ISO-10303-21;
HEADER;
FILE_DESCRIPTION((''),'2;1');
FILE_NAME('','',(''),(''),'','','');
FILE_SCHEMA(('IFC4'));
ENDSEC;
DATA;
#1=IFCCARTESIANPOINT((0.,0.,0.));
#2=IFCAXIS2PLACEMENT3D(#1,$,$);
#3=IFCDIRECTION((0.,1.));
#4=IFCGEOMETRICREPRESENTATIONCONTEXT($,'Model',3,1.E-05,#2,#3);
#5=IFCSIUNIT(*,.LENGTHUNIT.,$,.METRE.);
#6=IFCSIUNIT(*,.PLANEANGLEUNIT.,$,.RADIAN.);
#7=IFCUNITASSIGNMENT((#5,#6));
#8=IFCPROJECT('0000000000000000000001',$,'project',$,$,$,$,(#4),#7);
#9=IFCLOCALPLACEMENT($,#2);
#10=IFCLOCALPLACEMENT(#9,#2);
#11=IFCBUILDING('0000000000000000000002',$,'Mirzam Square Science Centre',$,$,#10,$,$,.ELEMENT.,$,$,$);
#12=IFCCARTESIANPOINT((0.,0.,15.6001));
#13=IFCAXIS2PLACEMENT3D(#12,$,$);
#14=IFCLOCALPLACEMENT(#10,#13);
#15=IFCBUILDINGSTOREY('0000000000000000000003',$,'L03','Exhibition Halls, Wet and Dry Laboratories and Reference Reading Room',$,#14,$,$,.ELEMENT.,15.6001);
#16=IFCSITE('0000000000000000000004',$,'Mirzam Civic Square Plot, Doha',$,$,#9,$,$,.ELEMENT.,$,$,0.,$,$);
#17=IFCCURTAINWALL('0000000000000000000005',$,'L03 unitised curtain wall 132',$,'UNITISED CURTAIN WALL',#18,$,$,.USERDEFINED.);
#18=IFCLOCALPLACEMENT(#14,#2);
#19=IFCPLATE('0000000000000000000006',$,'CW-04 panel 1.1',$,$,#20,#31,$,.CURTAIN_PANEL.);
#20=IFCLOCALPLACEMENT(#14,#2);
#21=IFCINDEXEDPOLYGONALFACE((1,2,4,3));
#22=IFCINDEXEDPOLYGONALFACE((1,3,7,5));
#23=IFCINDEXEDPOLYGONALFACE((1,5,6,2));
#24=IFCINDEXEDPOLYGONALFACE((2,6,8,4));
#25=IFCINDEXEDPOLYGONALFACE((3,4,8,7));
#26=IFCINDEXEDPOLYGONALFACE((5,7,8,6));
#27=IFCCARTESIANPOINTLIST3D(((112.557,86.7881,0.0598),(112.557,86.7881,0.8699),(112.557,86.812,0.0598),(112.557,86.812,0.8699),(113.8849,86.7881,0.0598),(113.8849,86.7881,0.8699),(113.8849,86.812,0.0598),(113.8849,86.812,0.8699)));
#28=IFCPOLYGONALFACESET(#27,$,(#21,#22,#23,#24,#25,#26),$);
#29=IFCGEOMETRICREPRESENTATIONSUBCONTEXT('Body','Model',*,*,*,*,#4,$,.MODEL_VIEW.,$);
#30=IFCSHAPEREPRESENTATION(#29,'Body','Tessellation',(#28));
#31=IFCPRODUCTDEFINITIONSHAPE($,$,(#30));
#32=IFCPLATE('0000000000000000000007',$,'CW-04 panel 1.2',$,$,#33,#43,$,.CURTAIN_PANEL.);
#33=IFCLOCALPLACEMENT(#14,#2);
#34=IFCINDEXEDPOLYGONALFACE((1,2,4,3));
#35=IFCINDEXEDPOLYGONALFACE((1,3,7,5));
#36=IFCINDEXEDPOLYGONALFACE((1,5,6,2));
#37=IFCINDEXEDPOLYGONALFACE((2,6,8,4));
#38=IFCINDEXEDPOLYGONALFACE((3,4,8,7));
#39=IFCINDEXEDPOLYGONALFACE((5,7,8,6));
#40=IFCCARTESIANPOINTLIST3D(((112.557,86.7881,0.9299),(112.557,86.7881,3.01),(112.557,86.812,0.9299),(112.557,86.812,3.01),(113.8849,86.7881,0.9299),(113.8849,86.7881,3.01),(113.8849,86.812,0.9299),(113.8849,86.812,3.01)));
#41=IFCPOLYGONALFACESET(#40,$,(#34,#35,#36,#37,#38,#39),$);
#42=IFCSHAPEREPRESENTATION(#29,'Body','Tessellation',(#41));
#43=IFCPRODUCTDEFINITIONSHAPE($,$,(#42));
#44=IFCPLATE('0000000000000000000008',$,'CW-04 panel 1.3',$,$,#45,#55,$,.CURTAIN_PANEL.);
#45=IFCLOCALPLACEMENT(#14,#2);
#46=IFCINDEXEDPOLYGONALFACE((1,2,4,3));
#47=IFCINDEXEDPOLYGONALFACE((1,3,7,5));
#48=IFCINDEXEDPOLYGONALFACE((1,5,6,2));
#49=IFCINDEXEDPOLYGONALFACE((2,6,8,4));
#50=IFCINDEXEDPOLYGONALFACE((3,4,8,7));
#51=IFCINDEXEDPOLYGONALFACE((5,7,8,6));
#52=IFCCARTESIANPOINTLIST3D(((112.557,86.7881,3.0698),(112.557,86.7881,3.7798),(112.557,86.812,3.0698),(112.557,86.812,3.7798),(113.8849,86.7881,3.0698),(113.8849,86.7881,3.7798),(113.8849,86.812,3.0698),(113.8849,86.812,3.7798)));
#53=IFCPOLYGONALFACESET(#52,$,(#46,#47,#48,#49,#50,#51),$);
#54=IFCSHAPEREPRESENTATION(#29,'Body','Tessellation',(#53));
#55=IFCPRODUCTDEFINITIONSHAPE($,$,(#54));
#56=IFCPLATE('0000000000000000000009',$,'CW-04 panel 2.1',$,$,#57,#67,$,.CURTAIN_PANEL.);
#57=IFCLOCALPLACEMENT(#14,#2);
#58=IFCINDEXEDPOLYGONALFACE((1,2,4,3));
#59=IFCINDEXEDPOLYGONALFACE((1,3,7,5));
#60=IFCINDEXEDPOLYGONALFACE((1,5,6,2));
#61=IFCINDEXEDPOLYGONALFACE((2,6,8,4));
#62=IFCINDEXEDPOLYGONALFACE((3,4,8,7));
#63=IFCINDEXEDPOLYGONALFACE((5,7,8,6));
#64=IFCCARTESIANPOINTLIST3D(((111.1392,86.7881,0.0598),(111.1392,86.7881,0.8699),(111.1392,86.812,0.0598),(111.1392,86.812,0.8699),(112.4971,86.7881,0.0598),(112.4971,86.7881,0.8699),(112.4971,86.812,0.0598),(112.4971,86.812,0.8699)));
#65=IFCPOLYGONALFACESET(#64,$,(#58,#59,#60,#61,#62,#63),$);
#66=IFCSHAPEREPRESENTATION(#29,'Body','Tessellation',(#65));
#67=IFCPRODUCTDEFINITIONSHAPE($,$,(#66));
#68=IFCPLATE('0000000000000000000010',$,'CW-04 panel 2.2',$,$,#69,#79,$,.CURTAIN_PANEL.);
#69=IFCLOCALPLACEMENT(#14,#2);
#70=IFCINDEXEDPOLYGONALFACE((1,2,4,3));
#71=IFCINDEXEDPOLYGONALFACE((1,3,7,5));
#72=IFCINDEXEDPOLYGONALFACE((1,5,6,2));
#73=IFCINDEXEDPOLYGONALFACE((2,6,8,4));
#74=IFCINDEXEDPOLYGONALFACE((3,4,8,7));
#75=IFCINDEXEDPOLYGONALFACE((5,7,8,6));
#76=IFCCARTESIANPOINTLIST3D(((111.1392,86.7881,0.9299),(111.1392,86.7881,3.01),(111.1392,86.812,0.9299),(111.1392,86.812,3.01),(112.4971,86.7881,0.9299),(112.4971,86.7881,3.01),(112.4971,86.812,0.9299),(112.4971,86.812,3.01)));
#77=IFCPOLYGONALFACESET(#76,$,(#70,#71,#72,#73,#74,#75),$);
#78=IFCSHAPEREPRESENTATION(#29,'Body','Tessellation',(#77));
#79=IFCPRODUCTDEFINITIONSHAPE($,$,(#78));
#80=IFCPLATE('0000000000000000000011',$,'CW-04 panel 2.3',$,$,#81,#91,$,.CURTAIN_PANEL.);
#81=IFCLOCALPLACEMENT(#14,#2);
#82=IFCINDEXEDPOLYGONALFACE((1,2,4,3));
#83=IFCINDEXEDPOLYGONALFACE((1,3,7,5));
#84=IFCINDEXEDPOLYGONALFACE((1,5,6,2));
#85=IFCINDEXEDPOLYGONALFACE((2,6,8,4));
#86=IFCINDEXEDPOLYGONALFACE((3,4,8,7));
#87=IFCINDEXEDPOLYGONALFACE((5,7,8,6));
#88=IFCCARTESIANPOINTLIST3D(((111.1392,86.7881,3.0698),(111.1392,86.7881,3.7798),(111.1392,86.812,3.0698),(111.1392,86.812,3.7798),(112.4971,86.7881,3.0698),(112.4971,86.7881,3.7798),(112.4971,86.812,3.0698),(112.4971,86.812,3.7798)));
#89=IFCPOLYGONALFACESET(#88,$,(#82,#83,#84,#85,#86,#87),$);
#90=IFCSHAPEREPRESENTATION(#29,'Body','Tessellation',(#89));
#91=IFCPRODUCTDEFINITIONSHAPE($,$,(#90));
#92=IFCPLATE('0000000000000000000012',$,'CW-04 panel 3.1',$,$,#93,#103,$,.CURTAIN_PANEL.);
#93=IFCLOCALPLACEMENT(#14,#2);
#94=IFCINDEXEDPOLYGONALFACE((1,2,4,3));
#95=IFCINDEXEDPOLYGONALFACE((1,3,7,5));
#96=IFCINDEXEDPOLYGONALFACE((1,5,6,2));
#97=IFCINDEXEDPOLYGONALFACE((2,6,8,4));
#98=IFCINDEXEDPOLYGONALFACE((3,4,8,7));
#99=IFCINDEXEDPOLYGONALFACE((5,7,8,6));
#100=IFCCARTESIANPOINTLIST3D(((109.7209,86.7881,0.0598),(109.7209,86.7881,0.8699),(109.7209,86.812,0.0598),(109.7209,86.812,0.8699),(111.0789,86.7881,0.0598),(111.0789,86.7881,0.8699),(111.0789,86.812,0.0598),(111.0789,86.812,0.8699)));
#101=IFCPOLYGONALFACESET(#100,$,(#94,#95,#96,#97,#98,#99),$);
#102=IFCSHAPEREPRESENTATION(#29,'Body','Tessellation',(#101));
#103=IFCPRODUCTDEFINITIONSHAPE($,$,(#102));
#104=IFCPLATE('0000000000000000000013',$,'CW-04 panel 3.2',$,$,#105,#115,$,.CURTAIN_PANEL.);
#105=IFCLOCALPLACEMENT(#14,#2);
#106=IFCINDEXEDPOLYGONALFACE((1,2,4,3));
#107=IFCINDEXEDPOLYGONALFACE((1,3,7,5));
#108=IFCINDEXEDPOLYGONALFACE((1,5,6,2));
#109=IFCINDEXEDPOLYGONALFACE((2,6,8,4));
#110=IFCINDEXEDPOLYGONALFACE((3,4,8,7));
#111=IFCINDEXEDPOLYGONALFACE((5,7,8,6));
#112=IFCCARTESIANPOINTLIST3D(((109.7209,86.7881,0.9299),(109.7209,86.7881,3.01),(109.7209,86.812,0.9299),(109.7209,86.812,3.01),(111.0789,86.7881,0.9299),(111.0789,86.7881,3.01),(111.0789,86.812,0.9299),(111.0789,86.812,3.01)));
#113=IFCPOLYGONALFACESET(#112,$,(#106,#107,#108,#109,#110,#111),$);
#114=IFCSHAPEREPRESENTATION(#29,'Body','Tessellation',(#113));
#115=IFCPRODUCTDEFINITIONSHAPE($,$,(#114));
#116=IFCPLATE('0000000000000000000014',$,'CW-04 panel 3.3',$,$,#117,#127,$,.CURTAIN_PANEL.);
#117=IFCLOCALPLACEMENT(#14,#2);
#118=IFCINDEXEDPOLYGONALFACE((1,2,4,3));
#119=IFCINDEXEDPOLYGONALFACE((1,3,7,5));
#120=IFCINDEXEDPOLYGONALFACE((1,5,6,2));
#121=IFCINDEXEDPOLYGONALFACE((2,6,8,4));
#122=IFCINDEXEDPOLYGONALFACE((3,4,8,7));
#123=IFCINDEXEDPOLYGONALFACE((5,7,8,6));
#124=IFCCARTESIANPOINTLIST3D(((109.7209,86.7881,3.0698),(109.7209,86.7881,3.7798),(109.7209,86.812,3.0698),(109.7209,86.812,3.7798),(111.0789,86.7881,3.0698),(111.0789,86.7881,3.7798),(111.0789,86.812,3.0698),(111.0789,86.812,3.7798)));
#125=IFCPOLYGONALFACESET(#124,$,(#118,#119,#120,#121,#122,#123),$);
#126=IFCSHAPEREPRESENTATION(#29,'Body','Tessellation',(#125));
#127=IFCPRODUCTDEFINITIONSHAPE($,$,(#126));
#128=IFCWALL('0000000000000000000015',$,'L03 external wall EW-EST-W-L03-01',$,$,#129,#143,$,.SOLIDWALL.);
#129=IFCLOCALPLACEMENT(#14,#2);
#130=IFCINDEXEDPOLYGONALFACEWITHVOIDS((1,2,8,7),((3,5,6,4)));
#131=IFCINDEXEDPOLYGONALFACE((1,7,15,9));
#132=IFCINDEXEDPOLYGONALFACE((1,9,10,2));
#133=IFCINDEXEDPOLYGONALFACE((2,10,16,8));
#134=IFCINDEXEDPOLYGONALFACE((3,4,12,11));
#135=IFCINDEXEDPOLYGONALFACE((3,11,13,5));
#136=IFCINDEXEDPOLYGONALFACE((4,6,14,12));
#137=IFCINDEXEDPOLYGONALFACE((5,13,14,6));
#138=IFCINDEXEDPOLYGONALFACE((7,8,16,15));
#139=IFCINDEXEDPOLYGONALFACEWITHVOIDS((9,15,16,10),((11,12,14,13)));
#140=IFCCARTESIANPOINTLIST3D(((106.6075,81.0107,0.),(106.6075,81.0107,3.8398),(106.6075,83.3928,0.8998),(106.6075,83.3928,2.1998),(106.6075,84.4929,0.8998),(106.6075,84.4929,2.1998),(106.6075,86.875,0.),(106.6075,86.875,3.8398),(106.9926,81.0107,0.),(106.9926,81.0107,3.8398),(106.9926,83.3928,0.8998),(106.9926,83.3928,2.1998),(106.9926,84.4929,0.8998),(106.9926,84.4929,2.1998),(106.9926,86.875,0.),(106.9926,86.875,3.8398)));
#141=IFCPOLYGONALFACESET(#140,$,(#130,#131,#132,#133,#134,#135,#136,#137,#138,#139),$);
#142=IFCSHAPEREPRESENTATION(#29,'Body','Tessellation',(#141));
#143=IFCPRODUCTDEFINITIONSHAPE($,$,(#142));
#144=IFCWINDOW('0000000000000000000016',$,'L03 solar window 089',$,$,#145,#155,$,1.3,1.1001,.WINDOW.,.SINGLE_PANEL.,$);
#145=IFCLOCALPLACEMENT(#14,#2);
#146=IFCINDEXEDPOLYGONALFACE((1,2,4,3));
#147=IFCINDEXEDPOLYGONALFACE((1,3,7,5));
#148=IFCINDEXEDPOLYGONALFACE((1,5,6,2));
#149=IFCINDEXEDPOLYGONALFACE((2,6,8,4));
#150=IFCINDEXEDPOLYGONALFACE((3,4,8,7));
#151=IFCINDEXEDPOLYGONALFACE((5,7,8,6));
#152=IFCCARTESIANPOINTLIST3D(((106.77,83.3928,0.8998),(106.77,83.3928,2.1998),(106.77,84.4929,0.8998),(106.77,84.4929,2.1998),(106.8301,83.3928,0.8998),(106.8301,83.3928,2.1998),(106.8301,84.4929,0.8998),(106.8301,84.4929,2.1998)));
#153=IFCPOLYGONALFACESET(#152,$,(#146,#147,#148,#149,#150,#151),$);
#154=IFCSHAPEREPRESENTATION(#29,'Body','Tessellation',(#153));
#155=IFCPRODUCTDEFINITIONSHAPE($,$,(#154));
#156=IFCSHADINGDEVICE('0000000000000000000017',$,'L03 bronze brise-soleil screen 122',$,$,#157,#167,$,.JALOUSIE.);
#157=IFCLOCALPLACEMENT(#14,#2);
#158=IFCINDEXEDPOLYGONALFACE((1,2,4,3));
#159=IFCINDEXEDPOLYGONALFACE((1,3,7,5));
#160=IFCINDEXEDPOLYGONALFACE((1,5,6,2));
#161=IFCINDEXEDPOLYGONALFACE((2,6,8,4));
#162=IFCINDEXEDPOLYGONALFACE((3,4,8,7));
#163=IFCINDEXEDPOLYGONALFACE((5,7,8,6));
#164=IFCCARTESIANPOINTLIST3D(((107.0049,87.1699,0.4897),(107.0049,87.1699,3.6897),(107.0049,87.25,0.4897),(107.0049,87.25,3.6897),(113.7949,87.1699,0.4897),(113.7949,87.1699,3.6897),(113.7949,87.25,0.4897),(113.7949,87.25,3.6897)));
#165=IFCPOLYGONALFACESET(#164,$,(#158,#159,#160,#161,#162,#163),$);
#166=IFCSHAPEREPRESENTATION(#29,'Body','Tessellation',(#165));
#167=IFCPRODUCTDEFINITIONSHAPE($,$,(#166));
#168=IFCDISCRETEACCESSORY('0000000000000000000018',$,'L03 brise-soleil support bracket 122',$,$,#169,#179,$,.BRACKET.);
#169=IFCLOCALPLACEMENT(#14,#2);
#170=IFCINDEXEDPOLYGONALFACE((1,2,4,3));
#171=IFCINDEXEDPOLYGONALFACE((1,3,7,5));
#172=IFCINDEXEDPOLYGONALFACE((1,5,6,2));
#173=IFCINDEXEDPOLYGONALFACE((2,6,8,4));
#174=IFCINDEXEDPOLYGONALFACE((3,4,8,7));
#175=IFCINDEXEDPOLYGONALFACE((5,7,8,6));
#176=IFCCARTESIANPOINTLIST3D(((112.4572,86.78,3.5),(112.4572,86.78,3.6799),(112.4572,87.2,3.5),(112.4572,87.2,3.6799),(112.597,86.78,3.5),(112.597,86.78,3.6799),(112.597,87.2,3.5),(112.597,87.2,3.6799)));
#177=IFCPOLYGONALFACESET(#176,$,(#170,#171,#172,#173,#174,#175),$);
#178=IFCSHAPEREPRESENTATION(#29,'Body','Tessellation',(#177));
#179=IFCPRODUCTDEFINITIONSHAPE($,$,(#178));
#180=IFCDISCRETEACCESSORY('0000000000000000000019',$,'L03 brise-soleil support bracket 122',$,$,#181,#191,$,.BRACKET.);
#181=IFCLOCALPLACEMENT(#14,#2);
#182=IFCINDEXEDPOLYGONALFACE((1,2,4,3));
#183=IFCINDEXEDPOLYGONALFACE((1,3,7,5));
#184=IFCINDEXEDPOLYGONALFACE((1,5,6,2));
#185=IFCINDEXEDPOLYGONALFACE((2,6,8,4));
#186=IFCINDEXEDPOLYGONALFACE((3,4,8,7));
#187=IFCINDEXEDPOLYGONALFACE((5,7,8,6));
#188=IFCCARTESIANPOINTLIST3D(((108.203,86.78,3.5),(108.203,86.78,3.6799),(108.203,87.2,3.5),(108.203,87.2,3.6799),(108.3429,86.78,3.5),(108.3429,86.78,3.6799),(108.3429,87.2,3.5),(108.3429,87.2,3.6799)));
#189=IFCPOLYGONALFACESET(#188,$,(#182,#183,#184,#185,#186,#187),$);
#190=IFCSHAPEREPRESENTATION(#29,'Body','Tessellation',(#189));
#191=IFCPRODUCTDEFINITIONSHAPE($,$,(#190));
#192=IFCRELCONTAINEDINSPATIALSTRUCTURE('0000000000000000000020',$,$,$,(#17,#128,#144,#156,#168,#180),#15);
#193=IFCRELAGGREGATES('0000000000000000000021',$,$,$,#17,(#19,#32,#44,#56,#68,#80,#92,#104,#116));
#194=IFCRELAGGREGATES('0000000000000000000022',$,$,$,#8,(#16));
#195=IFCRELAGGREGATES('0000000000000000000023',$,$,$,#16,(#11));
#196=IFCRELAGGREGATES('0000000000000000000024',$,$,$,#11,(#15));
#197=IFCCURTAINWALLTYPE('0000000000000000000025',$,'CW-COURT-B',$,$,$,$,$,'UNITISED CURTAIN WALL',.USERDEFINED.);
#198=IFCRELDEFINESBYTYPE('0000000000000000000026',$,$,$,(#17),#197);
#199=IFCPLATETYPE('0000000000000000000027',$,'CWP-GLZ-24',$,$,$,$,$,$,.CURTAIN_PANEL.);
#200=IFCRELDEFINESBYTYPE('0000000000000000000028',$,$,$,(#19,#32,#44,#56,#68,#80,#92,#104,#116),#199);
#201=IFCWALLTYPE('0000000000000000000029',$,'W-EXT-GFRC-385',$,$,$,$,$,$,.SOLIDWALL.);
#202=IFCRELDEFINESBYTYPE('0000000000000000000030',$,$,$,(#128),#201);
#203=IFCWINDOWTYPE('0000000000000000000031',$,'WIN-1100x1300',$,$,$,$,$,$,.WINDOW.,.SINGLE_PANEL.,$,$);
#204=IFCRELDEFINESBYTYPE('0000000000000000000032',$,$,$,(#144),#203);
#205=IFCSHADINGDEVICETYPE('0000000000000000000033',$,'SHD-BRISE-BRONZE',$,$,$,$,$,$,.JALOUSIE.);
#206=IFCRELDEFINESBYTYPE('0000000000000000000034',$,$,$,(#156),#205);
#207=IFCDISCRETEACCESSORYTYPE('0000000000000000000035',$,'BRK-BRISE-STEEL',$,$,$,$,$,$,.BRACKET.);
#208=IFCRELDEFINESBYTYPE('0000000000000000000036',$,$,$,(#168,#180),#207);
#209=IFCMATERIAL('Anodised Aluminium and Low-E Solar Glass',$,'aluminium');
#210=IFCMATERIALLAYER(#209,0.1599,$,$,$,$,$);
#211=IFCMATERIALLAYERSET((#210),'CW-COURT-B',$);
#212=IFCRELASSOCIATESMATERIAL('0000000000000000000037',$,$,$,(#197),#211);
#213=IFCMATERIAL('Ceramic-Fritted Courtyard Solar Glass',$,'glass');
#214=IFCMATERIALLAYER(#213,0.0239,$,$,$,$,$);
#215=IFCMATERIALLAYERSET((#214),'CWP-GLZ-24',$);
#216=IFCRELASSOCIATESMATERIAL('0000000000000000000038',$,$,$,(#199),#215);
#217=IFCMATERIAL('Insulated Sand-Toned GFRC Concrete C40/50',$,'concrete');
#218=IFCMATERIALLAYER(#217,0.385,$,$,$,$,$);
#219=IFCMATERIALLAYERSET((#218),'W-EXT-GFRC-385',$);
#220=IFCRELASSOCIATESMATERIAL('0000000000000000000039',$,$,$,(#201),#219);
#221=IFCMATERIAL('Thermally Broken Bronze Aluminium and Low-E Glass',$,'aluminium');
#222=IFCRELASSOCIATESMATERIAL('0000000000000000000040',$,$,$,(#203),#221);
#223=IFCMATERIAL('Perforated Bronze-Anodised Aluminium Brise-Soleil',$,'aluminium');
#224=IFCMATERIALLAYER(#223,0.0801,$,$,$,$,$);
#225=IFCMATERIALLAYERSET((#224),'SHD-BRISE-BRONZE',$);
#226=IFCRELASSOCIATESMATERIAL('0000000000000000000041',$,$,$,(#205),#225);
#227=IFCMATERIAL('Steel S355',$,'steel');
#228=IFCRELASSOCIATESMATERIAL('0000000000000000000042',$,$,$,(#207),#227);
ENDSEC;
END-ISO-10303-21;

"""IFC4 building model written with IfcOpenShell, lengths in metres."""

from ifc_helpers import new_model, si_unit, direction, frame, frame_2d, origin, origin_2d, place, context, subcontext, project, spatial, rectangle, extrude, material, layer, layer_set, type_object, element, fill, aggregate, save


model = new_model("IFC4")

# Units and contexts
model_context = context("Model", 3, precision=1e-05, world=origin(), true_north=direction((0.0, 1.0)))
body_context = subcontext(model_context, "Body", "Model", "MODEL_VIEW")
ifc_project = project(units=[si_unit("LENGTHUNIT", "METRE"), si_unit("PLANEANGLEUNIT", "RADIAN")], contexts=[model_context])

# Site, building, storey
site_placement = place(None, origin())
site = spatial("IfcSite", under=ifc_project, at=site_placement, Name="Mirzam Civic Square Plot, Doha", CompositionType="ELEMENT", RefElevation=0.0)
building_placement = place(site_placement, origin())
building = spatial("IfcBuilding", under=site, at=building_placement, Name="Mirzam Square Science Centre", CompositionType="ELEMENT")
storey_placement = place(building_placement, frame((0.0, 0.0, 15.6001)))
storey = spatial("IfcBuildingStorey", under=building, at=storey_placement, Name="L03", Description="Exhibition Halls, Wet and Dry Laboratories and Reference Reading Room", CompositionType="ELEMENT", Elevation=15.6001)

# Curtain wall, plates
ifc_material_1 = material(Name="Anodised Aluminium and Low-E Solar Glass", Category="aluminium")
ifc_layer_1 = layer(ifc_material_1, 0.1599)
ifc_layer_set_1 = layer_set([ifc_layer_1], Name="CW-COURT-B")
curtain_wall_type = type_object("IfcCurtainWallType", Name="CW-COURT-B", ElementType="UNITISED CURTAIN WALL", PredefinedType="USERDEFINED", material=ifc_layer_set_1)
curtain_wall_placement = place(storey_placement, origin())
curtain_wall = element("IfcCurtainWall", 1, at=curtain_wall_placement, inside=storey, type_object=curtain_wall_type, Name="L03 unitised curtain wall 132", ObjectType="UNITISED CURTAIN WALL", PredefinedType="USERDEFINED")
ifc_material_2 = material(Name="Ceramic-Fritted Courtyard Solar Glass", Category="glass")
ifc_layer_2 = layer(ifc_material_2, 0.0239)
ifc_layer_set_2 = layer_set([ifc_layer_2], Name="CWP-GLZ-24")
plate_type = type_object("IfcPlateType", Name="CWP-GLZ-24", PredefinedType="CURTAIN_PANEL", material=ifc_layer_set_2)
plate_1_placement = place(storey_placement, frame((113.2209, 86.8, 0.0598), z_axis=(0.0, 0.0, 1.0), x_axis=(-1.0, 0.0, 0.0)))
plate_1 = element("IfcPlate", 2, at=plate_1_placement, type_object=plate_type, Name="CW-04 panel 1.1", PredefinedType="CURTAIN_PANEL", context=body_context, shape_type="SweptSolid", body=[
    extrude(rectangle(XDim=1.3279, YDim=0.0239, at=origin_2d()), origin(), (0.0, 0.0, 1.0), 0.8101),
])
plate_2_placement = place(storey_placement, frame((113.2209, 86.8, 0.9299), z_axis=(0.0, 0.0, 1.0), x_axis=(-1.0, 0.0, 0.0)))
plate_2 = element("IfcPlate", 3, at=plate_2_placement, type_object=plate_type, Name="CW-04 panel 1.2", PredefinedType="CURTAIN_PANEL", context=body_context, shape_type="SweptSolid", body=[
    extrude(rectangle(XDim=1.3279, YDim=0.0239, at=origin_2d()), origin(), (0.0, 0.0, 1.0), 2.0801),
])
plate_3_placement = place(storey_placement, frame((113.2209, 86.8, 3.0698), z_axis=(0.0, 0.0, 1.0), x_axis=(-1.0, 0.0, 0.0)))
plate_3 = element("IfcPlate", 4, at=plate_3_placement, type_object=plate_type, Name="CW-04 panel 1.3", PredefinedType="CURTAIN_PANEL", context=body_context, shape_type="SweptSolid", body=[
    extrude(rectangle(XDim=1.3279, YDim=0.0239, at=origin_2d()), origin(), (0.0, 0.0, 1.0), 0.71),
])
plate_4_placement = place(storey_placement, frame((111.8181, 86.8, 0.0598), z_axis=(0.0, 0.0, 1.0), x_axis=(-1.0, 0.0, 0.0)))
plate_4 = element("IfcPlate", 5, at=plate_4_placement, type_object=plate_type, Name="CW-04 panel 2.1", PredefinedType="CURTAIN_PANEL", context=body_context, shape_type="SweptSolid", body=[
    extrude(rectangle(XDim=1.3579, YDim=0.0239, at=origin_2d()), origin(), (0.0, 0.0, 1.0), 0.8101),
])
plate_5_placement = place(storey_placement, frame((111.8181, 86.8, 0.9299), z_axis=(0.0, 0.0, 1.0), x_axis=(-1.0, 0.0, 0.0)))
plate_5 = element("IfcPlate", 6, at=plate_5_placement, type_object=plate_type, Name="CW-04 panel 2.2", PredefinedType="CURTAIN_PANEL", context=body_context, shape_type="SweptSolid", body=[
    extrude(rectangle(XDim=1.3579, YDim=0.0239, at=origin_2d()), origin(), (0.0, 0.0, 1.0), 2.0801),
])
plate_6_placement = place(storey_placement, frame((111.8181, 86.8, 3.0698), z_axis=(0.0, 0.0, 1.0), x_axis=(-1.0, 0.0, 0.0)))
plate_6 = element("IfcPlate", 7, at=plate_6_placement, type_object=plate_type, Name="CW-04 panel 2.3", PredefinedType="CURTAIN_PANEL", context=body_context, shape_type="SweptSolid", body=[
    extrude(rectangle(XDim=1.3579, YDim=0.0239, at=origin_2d()), origin(), (0.0, 0.0, 1.0), 0.71),
])
plate_7_placement = place(storey_placement, frame((110.3999, 86.8, 0.0598), z_axis=(0.0, 0.0, 1.0), x_axis=(-1.0, 0.0, 0.0)))
plate_7 = element("IfcPlate", 8, at=plate_7_placement, type_object=plate_type, Name="CW-04 panel 3.1", PredefinedType="CURTAIN_PANEL", context=body_context, shape_type="SweptSolid", body=[
    extrude(rectangle(XDim=1.3579, YDim=0.0239, at=origin_2d()), origin(), (0.0, 0.0, 1.0), 0.8101),
])
plate_8_placement = place(storey_placement, frame((110.3999, 86.8, 0.9299), z_axis=(0.0, 0.0, 1.0), x_axis=(-1.0, 0.0, 0.0)))
plate_8 = element("IfcPlate", 9, at=plate_8_placement, type_object=plate_type, Name="CW-04 panel 3.2", PredefinedType="CURTAIN_PANEL", context=body_context, shape_type="SweptSolid", body=[
    extrude(rectangle(XDim=1.3579, YDim=0.0239, at=origin_2d()), origin(), (0.0, 0.0, 1.0), 2.0801),
])
plate_9_placement = place(storey_placement, frame((110.3999, 86.8, 3.0698), z_axis=(0.0, 0.0, 1.0), x_axis=(-1.0, 0.0, 0.0)))
plate_9 = element("IfcPlate", 10, at=plate_9_placement, type_object=plate_type, Name="CW-04 panel 3.3", PredefinedType="CURTAIN_PANEL", context=body_context, shape_type="SweptSolid", body=[
    extrude(rectangle(XDim=1.3579, YDim=0.0239, at=origin_2d()), origin(), (0.0, 0.0, 1.0), 0.71),
])
aggregate(curtain_wall, [plate_1, plate_2, plate_3, plate_4, plate_5, plate_6, plate_7, plate_8, plate_9])

# Wall, opening, window
ifc_material_3 = material(Name="Insulated Sand-Toned GFRC Concrete C40/50", Category="concrete")
ifc_layer_3 = layer(ifc_material_3, 0.385)
ifc_layer_set_3 = layer_set([ifc_layer_3], Name="W-EXT-GFRC-385")
wall_type = type_object("IfcWallType", Name="W-EXT-GFRC-385", PredefinedType="SOLIDWALL", material=ifc_layer_set_3)
wall_placement = place(storey_placement, frame((106.8, 86.875, 0.0), z_axis=(0.0, 0.0, 1.0), x_axis=(0.0, -1.0, 0.0)))
wall = element("IfcWall", 11, at=wall_placement, inside=storey, type_object=wall_type, Name="L03 external wall EW-EST-W-L03-01", PredefinedType="SOLIDWALL", context=body_context, shape_type="SweptSolid", body=[
    extrude(rectangle(XDim=5.8643, YDim=0.385, at=frame_2d((2.9321, 0.0))), origin(), (0.0, 0.0, 1.0), 3.8398),
])
opening_placement = place(wall_placement, frame((2.3821, 0.0, 0.8999)))
opening = element("IfcOpeningElement", 12, at=opening_placement, cuts=wall, PredefinedType="OPENING", context=body_context, shape_type="SweptSolid", body=[
    extrude(rectangle(XDim=1.1001, YDim=1.3, at=frame_2d((0.55, 0.6499))), frame((0.0, 0.2024, 0.0), z_axis=(0.0, -1.0, 0.0), x_axis=(1.0, 0.0, 0.0)), (0.0, 0.0, 1.0), 0.405),
])
ifc_material_4 = material(Name="Thermally Broken Bronze Aluminium and Low-E Glass", Category="aluminium")
window_type = type_object("IfcWindowType", Name="WIN-1100x1300", PartitioningType="SINGLE_PANEL", PredefinedType="WINDOW", material=ifc_material_4)
window_placement = place(opening_placement, origin())
window = element("IfcWindow", 13, at=window_placement, inside=storey, type_object=window_type, Name="L03 solar window 089", OverallHeight=1.3, OverallWidth=1.1001, PartitioningType="SINGLE_PANEL", PredefinedType="WINDOW", context=body_context, shape_type="SweptSolid", body=[
    extrude(rectangle(XDim=1.1001, YDim=1.3, at=frame_2d((0.55, 0.6499))), frame((0.0, 0.03, 0.0), z_axis=(0.0, -1.0, 0.0), x_axis=(1.0, 0.0, 0.0)), (0.0, 0.0, 1.0), 0.0601),
])
fill(opening, window)

# Shading device
ifc_material_5 = material(Name="Perforated Bronze-Anodised Aluminium Brise-Soleil", Category="aluminium")
ifc_layer_4 = layer(ifc_material_5, 0.0801)
ifc_layer_set_4 = layer_set([ifc_layer_4], Name="SHD-BRISE-BRONZE")
shading_device_type = type_object("IfcShadingDeviceType", Name="SHD-BRISE-BRONZE", PredefinedType="JALOUSIE", material=ifc_layer_set_4)
shading_device_placement = place(storey_placement, frame((110.3999, 87.21, 0.4897), z_axis=(0.0, 0.0, 1.0), x_axis=(-1.0, 0.0, 0.0)))
element("IfcShadingDevice", 14, at=shading_device_placement, inside=storey, type_object=shading_device_type, Name="L03 bronze brise-soleil screen 122", PredefinedType="JALOUSIE", context=body_context, shape_type="SweptSolid", body=[
    extrude(rectangle(XDim=6.79, YDim=0.0801, at=origin_2d()), origin(), (0.0, 0.0, 1.0), 3.2),
])

# Discrete accessories
ifc_material_6 = material(Name="Steel S355", Category="steel")
discrete_accessory_type = type_object("IfcDiscreteAccessoryType", Name="BRK-BRISE-STEEL", PredefinedType="BRACKET", material=ifc_material_6)
for number, where, z_axis, x_axis, name in (
    (15, (112.5271, 86.99, 3.5), (0.0, 0.0, 1.0), (-1.0, 0.0, 0.0), "L03 brise-soleil support bracket 122"),
    (16, (108.2729, 86.99, 3.5), (0.0, 0.0, 1.0), (-1.0, 0.0, 0.0), "L03 brise-soleil support bracket 122"),
):
    element("IfcDiscreteAccessory", number, at=place(storey_placement, frame(where, z_axis=z_axis, x_axis=x_axis)), inside=storey, type_object=discrete_accessory_type, Name=name, PredefinedType="BRACKET", context=body_context, shape_type="SweptSolid", body=[
        extrude(rectangle(XDim=0.1399, YDim=0.4199, at=origin_2d()), origin(), (0.0, 0.0, 1.0), 0.1799),
    ])

save(model, "model.ifc")
